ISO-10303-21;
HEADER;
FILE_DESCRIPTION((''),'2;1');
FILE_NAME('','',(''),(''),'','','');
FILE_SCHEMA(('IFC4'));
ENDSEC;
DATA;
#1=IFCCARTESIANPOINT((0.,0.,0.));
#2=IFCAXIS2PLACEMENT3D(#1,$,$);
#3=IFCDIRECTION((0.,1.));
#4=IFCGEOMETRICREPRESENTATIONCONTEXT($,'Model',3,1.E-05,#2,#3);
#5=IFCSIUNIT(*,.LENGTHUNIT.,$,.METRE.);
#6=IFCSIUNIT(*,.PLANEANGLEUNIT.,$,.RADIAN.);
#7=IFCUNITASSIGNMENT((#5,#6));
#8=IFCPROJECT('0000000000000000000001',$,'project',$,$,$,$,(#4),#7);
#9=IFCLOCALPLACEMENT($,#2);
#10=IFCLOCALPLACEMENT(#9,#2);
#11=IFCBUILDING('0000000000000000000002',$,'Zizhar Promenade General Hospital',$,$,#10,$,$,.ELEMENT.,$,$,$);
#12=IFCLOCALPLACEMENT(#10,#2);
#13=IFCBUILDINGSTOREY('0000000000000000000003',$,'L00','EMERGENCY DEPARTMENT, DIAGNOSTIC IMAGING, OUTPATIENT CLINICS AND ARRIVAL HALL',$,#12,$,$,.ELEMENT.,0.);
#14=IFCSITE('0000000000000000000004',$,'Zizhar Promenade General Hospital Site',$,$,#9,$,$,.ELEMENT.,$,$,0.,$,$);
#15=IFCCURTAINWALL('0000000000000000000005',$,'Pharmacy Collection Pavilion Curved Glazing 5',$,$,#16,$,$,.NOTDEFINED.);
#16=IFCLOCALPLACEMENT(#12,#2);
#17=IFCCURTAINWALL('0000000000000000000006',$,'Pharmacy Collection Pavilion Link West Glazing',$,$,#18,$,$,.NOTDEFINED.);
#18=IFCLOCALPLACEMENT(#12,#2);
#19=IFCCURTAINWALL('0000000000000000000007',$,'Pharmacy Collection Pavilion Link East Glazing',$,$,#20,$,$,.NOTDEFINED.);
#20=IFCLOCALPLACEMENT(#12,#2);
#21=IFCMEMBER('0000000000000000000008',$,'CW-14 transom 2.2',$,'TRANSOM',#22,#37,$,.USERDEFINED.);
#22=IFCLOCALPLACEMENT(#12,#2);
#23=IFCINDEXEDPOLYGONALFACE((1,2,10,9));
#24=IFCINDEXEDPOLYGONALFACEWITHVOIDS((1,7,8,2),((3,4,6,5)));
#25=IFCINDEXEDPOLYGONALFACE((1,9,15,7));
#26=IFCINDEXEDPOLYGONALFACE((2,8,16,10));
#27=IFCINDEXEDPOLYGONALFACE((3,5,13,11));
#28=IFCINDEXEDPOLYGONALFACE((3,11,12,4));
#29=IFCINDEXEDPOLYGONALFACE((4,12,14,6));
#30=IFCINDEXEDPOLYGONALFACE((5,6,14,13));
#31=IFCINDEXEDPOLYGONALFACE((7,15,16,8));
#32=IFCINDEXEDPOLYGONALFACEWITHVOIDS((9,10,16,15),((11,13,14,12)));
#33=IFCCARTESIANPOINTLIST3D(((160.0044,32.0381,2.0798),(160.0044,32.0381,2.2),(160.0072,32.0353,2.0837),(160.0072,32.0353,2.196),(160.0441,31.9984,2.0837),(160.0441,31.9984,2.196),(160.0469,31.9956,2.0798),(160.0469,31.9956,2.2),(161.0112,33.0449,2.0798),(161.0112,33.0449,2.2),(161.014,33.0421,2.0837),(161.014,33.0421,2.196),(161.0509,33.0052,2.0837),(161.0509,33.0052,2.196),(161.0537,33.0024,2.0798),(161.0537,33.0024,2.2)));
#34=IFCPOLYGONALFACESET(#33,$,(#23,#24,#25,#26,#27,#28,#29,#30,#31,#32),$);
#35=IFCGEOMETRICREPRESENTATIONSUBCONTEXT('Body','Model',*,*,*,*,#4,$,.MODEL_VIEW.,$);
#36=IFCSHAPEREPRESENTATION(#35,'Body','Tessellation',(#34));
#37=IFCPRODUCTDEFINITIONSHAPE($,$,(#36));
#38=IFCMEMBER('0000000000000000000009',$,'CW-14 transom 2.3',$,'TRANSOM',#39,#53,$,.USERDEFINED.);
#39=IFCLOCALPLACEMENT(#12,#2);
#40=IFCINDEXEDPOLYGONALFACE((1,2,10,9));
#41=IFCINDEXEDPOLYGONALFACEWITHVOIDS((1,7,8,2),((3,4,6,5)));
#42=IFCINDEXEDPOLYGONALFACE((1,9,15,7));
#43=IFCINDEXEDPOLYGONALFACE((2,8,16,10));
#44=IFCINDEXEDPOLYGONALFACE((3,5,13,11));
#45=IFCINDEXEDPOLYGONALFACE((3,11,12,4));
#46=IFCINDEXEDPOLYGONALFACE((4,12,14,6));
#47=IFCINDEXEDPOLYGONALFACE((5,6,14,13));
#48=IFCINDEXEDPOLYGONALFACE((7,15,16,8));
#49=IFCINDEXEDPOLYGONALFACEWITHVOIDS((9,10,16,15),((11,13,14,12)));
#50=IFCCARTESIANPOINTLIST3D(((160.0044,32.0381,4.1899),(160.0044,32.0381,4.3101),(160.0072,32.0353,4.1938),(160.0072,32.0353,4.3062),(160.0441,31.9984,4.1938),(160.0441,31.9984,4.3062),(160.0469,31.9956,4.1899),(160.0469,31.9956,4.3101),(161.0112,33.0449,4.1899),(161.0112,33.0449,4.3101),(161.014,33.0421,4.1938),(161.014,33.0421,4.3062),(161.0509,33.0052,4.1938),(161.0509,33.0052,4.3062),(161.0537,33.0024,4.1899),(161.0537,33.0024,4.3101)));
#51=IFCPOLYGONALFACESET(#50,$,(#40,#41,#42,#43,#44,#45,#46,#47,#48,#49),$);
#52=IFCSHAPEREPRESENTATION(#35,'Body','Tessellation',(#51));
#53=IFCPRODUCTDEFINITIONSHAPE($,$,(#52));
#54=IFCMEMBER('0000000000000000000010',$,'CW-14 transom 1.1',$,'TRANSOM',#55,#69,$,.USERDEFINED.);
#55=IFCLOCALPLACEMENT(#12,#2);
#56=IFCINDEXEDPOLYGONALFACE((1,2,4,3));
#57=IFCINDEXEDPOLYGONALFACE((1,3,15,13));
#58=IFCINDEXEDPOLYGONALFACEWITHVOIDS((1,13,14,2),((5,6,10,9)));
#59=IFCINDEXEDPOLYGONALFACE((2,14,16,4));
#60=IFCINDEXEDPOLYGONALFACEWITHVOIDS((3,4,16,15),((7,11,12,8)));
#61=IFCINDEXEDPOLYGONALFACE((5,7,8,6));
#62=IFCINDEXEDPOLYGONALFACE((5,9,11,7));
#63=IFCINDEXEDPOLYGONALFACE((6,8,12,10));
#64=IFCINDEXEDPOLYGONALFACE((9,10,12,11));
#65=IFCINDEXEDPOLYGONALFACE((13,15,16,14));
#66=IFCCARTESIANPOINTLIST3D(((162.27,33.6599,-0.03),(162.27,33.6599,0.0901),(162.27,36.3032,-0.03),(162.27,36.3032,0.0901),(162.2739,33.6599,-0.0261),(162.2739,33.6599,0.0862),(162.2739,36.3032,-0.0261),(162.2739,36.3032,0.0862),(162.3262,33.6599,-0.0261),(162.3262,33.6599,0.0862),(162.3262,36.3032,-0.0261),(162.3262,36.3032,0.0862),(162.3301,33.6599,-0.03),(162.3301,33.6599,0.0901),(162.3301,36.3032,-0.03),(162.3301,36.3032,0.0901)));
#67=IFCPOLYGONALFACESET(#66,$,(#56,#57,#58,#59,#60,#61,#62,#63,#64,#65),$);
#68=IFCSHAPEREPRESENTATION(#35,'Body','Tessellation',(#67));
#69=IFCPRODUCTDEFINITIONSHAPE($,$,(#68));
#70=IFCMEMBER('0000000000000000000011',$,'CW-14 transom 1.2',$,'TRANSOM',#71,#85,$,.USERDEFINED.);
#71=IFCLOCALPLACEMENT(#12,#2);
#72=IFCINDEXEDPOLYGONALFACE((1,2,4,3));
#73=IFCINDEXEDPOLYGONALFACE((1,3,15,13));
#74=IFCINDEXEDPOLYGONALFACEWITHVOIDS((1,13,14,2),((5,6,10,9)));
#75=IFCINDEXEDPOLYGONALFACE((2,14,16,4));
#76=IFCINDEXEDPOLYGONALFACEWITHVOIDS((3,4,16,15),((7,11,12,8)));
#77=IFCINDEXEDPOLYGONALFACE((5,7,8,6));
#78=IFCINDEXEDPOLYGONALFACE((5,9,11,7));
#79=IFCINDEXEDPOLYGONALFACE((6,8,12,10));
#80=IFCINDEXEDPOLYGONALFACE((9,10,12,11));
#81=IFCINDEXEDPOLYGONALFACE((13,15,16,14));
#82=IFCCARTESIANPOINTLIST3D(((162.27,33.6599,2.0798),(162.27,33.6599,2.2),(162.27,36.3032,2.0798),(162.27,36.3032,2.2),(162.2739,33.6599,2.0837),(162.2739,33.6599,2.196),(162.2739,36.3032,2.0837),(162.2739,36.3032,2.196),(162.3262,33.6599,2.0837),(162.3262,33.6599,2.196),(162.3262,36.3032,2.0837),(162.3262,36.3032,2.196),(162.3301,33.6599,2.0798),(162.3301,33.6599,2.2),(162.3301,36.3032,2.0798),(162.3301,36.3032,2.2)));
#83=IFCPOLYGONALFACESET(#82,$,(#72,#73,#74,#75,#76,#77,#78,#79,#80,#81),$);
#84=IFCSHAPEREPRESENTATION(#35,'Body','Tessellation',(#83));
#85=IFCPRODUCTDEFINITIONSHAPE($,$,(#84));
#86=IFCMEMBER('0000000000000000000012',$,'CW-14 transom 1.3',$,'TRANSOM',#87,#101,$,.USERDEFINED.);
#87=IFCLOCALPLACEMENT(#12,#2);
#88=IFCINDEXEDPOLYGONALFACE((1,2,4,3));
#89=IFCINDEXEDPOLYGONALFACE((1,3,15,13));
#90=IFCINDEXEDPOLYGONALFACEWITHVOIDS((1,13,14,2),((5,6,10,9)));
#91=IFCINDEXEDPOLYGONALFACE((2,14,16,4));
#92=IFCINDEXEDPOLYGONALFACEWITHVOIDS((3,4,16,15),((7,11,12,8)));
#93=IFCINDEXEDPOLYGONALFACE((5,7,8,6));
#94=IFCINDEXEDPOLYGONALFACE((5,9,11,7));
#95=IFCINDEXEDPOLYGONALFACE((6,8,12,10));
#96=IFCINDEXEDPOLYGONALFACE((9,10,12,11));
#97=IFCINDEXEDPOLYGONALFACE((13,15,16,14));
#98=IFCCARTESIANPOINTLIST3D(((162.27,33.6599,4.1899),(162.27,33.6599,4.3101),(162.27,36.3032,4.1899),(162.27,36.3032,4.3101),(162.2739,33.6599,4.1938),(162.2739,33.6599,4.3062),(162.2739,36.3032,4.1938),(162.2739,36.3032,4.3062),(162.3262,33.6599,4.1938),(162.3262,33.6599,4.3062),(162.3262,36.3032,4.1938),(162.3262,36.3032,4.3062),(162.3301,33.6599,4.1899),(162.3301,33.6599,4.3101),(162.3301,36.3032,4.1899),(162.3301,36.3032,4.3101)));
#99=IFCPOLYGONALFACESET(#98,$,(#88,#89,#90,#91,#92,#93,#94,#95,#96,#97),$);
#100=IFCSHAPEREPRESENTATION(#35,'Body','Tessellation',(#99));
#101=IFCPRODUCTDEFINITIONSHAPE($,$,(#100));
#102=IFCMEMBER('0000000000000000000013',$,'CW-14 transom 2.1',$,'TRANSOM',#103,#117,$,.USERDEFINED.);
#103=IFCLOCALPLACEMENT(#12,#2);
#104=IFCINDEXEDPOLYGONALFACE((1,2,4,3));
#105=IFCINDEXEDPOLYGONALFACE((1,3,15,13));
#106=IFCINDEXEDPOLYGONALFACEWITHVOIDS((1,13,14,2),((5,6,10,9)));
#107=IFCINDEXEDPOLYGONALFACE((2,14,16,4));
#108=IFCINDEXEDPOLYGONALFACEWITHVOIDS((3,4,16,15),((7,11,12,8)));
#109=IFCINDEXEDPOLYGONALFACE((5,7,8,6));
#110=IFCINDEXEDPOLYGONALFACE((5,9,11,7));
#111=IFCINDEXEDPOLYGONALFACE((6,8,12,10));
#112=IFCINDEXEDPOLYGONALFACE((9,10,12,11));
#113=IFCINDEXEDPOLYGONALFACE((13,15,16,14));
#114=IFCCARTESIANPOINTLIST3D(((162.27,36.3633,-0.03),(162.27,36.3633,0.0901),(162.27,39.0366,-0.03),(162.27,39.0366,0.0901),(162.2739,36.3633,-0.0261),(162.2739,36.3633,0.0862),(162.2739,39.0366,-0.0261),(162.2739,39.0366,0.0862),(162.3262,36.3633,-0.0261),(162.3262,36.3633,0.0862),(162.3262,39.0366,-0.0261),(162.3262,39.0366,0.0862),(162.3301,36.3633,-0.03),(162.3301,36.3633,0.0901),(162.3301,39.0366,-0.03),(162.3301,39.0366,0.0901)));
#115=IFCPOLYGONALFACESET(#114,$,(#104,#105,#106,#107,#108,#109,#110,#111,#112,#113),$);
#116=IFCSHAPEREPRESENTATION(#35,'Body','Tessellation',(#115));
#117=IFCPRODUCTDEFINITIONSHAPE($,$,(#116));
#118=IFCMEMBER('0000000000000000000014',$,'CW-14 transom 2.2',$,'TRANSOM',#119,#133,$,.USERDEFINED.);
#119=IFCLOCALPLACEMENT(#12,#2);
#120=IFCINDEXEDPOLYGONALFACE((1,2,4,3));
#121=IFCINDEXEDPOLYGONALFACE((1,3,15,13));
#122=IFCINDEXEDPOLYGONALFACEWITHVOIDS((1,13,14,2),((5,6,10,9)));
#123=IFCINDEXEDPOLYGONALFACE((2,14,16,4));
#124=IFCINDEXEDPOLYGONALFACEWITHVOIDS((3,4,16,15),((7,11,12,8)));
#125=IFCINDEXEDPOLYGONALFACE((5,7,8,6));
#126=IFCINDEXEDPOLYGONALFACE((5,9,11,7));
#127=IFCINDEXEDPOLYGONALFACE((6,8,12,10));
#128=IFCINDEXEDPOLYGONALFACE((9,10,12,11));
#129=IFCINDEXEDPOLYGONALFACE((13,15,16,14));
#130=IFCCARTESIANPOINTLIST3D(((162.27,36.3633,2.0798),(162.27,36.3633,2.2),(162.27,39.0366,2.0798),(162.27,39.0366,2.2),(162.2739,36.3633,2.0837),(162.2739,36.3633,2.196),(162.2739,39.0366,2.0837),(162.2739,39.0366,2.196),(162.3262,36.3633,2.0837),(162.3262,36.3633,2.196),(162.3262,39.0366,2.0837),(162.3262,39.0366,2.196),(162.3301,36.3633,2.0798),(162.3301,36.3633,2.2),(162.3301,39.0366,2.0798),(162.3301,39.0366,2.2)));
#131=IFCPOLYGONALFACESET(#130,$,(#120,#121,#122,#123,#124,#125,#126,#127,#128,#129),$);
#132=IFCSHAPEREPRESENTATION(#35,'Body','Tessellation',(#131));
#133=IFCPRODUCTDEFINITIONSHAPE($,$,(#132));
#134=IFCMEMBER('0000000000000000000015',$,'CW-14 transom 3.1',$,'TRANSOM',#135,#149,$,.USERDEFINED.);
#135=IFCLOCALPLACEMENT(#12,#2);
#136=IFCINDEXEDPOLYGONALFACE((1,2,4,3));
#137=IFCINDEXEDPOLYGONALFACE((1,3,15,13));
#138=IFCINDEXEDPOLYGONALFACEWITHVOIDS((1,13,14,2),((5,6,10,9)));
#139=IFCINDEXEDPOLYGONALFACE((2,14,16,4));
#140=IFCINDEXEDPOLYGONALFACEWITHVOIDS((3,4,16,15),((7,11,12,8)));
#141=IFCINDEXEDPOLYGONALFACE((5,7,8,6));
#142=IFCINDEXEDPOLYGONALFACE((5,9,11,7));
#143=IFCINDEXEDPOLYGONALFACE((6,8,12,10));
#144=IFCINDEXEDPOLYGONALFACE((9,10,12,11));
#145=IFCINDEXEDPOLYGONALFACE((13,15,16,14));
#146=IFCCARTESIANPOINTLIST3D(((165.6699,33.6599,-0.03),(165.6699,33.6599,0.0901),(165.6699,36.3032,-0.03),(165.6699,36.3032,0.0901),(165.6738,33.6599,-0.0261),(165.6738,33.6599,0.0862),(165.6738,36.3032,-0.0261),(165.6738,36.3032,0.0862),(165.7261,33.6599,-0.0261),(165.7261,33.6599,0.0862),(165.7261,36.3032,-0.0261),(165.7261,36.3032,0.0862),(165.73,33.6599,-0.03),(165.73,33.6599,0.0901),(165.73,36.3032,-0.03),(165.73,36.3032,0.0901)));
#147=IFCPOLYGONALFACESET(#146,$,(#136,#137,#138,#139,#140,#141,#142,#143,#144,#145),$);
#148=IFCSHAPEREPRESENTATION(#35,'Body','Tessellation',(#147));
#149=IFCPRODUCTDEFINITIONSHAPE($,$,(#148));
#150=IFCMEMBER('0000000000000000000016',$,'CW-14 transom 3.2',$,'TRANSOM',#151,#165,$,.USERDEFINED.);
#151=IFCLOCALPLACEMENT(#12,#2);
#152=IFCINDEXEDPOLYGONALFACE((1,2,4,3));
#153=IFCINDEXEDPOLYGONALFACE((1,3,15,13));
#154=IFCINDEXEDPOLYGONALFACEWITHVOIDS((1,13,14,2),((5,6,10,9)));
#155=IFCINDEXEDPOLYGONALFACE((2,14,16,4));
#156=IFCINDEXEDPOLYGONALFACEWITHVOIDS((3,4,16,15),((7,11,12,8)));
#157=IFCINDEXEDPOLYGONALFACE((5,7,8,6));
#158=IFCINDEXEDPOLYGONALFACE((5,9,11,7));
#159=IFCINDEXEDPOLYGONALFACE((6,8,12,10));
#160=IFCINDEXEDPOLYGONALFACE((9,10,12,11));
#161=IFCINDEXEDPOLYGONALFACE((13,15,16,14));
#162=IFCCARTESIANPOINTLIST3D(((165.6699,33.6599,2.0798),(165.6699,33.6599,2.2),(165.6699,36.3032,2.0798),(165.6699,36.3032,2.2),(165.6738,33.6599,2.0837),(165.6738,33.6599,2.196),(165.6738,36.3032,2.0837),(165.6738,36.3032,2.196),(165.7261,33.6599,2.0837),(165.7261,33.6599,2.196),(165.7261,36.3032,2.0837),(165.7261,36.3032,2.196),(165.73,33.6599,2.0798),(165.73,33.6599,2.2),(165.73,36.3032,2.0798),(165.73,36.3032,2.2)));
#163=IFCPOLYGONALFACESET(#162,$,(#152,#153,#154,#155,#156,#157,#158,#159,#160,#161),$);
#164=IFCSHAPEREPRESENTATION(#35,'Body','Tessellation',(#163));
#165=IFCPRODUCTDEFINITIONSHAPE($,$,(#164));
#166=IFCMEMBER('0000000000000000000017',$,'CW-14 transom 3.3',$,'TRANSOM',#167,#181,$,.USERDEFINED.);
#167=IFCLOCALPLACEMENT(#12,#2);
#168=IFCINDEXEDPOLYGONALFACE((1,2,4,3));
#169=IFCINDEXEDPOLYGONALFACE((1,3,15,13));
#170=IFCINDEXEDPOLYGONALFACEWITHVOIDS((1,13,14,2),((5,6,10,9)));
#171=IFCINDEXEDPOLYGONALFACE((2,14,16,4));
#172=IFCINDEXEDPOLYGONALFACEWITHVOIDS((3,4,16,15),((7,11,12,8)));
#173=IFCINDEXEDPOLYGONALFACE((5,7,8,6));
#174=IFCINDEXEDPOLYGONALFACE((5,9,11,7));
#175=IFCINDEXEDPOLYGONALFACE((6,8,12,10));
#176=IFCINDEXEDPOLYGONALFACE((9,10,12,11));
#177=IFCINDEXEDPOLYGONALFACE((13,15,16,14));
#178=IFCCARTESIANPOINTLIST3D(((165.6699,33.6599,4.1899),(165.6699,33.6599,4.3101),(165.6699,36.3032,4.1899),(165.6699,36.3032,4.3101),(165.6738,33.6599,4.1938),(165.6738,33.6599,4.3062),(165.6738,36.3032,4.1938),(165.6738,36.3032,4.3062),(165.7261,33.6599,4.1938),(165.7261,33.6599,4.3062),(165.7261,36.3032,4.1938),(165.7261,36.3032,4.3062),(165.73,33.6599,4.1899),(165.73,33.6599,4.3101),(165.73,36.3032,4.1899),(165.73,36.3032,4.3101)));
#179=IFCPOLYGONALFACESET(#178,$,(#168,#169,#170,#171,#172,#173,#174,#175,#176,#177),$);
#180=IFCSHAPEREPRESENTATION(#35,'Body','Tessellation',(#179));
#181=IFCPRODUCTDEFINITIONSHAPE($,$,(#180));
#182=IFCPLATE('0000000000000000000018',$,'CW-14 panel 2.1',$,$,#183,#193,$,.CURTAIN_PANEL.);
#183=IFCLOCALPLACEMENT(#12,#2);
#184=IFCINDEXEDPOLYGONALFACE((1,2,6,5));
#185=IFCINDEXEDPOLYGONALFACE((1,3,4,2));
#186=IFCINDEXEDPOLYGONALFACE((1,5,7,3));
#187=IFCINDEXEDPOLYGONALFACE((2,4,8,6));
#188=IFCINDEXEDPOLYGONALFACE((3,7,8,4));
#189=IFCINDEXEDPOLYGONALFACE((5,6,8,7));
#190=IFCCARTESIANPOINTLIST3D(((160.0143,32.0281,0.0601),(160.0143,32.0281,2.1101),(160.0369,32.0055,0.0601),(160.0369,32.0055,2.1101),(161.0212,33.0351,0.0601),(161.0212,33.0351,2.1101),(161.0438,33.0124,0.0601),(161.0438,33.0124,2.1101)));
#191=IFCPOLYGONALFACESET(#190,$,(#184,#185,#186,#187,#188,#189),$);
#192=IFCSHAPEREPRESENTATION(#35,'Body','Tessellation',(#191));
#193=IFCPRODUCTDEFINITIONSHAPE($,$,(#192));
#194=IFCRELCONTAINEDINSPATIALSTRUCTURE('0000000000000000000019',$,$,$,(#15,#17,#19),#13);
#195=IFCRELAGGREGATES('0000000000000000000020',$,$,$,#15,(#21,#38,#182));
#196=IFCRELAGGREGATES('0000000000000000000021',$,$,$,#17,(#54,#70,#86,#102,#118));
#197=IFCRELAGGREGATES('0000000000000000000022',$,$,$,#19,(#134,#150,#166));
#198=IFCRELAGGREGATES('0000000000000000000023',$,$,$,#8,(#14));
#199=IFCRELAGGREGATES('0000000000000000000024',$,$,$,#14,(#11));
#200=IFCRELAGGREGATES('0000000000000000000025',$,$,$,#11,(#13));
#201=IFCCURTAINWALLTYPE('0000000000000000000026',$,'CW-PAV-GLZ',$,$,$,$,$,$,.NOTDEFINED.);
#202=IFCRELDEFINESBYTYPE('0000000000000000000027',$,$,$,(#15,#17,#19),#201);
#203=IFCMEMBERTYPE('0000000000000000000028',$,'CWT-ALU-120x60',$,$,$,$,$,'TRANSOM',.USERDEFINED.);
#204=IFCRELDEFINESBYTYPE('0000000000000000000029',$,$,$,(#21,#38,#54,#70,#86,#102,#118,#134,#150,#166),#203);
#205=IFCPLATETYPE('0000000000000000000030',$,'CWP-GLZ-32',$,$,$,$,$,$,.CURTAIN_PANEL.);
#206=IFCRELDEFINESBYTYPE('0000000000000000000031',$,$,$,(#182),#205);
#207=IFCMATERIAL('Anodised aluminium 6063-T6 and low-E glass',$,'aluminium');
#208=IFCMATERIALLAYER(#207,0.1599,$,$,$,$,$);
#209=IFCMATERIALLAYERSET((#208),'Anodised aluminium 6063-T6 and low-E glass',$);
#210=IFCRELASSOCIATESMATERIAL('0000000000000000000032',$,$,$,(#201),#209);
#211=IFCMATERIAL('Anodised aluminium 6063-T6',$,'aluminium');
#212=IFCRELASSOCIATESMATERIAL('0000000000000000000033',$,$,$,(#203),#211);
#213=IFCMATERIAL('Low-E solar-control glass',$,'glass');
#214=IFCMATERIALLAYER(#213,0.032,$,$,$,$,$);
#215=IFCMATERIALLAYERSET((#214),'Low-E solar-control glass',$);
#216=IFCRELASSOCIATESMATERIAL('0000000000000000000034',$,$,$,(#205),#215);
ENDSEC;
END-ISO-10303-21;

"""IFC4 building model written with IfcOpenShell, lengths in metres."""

from ifc_helpers import new_model, si_unit, direction, frame, origin, origin_2d, place, context, subcontext, project, spatial, rectangle, hollow_rectangle, extrude, material, layer, layer_set, material_profile, profile_set, type_object, element, aggregate, save


model = new_model("IFC4")

# Units and contexts
model_context = context("Model", 3, precision=1e-05, world=origin(), true_north=direction((0.0, 1.0)))
body_context = subcontext(model_context, "Body", "Model", "MODEL_VIEW")
ifc_project = project(units=[si_unit("LENGTHUNIT", "METRE"), si_unit("PLANEANGLEUNIT", "RADIAN")], contexts=[model_context])

# Site, building, storey
site_placement = place(None, origin())
site = spatial("IfcSite", under=ifc_project, at=site_placement, Name="Zizhar Promenade General Hospital Site", CompositionType="ELEMENT", RefElevation=0.0)
building_placement = place(site_placement, origin())
building = spatial("IfcBuilding", under=site, at=building_placement, Name="Zizhar Promenade General Hospital", CompositionType="ELEMENT")
storey_placement = place(building_placement, origin())
storey = spatial("IfcBuildingStorey", under=building, at=storey_placement, Name="L00", Description="EMERGENCY DEPARTMENT, DIAGNOSTIC IMAGING, OUTPATIENT CLINICS AND ARRIVAL HALL", CompositionType="ELEMENT", Elevation=0.0)

# Curtain wall
ifc_material_1 = material(Name="Anodised aluminium 6063-T6 and low-E glass", Category="aluminium")
ifc_layer_1 = layer(ifc_material_1, 0.1599)
ifc_layer_set_1 = layer_set([ifc_layer_1], Name="Anodised aluminium 6063-T6 and low-E glass")
curtain_wall_type = type_object("IfcCurtainWallType", Name="CW-PAV-GLZ", PredefinedType="NOTDEFINED", material=ifc_layer_set_1)
curtain_wall_1_placement = place(storey_placement, origin())
curtain_wall_1 = element("IfcCurtainWall", 1, at=curtain_wall_1_placement, inside=storey, type_object=curtain_wall_type, Name="Pharmacy Collection Pavilion Curved Glazing 5", PredefinedType="NOTDEFINED")

# Curtain walls
curtain_wall_2_placement = place(storey_placement, origin())
curtain_wall_2 = element("IfcCurtainWall", 2, at=curtain_wall_2_placement, inside=storey, type_object=curtain_wall_type, Name="Pharmacy Collection Pavilion Link West Glazing", PredefinedType="NOTDEFINED")
curtain_wall_3_placement = place(storey_placement, origin())
curtain_wall_3 = element("IfcCurtainWall", 3, at=curtain_wall_3_placement, inside=storey, type_object=curtain_wall_type, Name="Pharmacy Collection Pavilion Link East Glazing", PredefinedType="NOTDEFINED")

# Members
ifc_material_2 = material(Name="Anodised aluminium 6063-T6", Category="aluminium")
ifc_material_profile_1 = material_profile(ifc_material_2, hollow_rectangle(XDim=0.0601, YDim=0.1201, WallThickness=0.0039, at=origin_2d()))
ifc_profile_set_1 = profile_set([ifc_material_profile_1], Name="Anodised aluminium 6063-T6")
member_type_1 = type_object("IfcMemberType", Name="CWT-ALU-120x60", ElementType="TRANSOM", PredefinedType="USERDEFINED", material=ifc_profile_set_1)
member_1_placement = place(storey_placement, frame((160.0256, 32.0168, 2.1399), z_axis=(0.707107, 0.707107, 0.0), x_axis=(-0.707107, 0.707107, 0.0)))
member_1 = element("IfcMember", 4, at=member_1_placement, type_object=member_type_1, Name="CW-14 transom 2.2", ObjectType="TRANSOM", PredefinedType="USERDEFINED", context=body_context, shape_type="SweptSolid", body=[
    extrude(hollow_rectangle(XDim=0.0601, YDim=0.1201, WallThickness=0.0039, at=origin_2d()), origin(), (0.0, 0.0, 1.0), 1.4238),
])
member_2_placement = place(storey_placement, frame((160.0256, 32.0168, 4.25), z_axis=(0.707107, 0.707107, 0.0), x_axis=(-0.707107, 0.707107, 0.0)))
member_2 = element("IfcMember", 5, at=member_2_placement, type_object=member_type_1, Name="CW-14 transom 2.3", ObjectType="TRANSOM", PredefinedType="USERDEFINED", context=body_context, shape_type="SweptSolid", body=[
    extrude(hollow_rectangle(XDim=0.0601, YDim=0.1201, WallThickness=0.0039, at=origin_2d()), origin(), (0.0, 0.0, 1.0), 1.4238),
])
member_3_placement = place(storey_placement, frame((162.3, 33.6599, 0.03), z_axis=(0.0, 1.0, 0.0), x_axis=(-1.0, 0.0, 0.0)))
member_3 = element("IfcMember", 6, at=member_3_placement, type_object=member_type_1, Name="CW-14 transom 1.1", ObjectType="TRANSOM", PredefinedType="USERDEFINED", context=body_context, shape_type="SweptSolid", body=[
    extrude(hollow_rectangle(XDim=0.0601, YDim=0.1201, WallThickness=0.0039, at=origin_2d()), origin(), (0.0, 0.0, 1.0), 2.6433),
])
member_4_placement = place(storey_placement, frame((162.3, 33.6599, 2.1399), z_axis=(0.0, 1.0, 0.0), x_axis=(-1.0, 0.0, 0.0)))
member_4 = element("IfcMember", 7, at=member_4_placement, type_object=member_type_1, Name="CW-14 transom 1.2", ObjectType="TRANSOM", PredefinedType="USERDEFINED", context=body_context, shape_type="SweptSolid", body=[
    extrude(hollow_rectangle(XDim=0.0601, YDim=0.1201, WallThickness=0.0039, at=origin_2d()), origin(), (0.0, 0.0, 1.0), 2.6433),
])
member_5_placement = place(storey_placement, frame((162.3, 33.6599, 4.25), z_axis=(0.0, 1.0, 0.0), x_axis=(-1.0, 0.0, 0.0)))
member_5 = element("IfcMember", 8, at=member_5_placement, type_object=member_type_1, Name="CW-14 transom 1.3", ObjectType="TRANSOM", PredefinedType="USERDEFINED", context=body_context, shape_type="SweptSolid", body=[
    extrude(hollow_rectangle(XDim=0.0601, YDim=0.1201, WallThickness=0.0039, at=origin_2d()), origin(), (0.0, 0.0, 1.0), 2.6433),
])
member_6_placement = place(storey_placement, frame((162.3, 36.3633, 0.03), z_axis=(0.0, 1.0, 0.0), x_axis=(-1.0, 0.0, 0.0)))
member_6 = element("IfcMember", 9, at=member_6_placement, type_object=member_type_1, Name="CW-14 transom 2.1", ObjectType="TRANSOM", PredefinedType="USERDEFINED", context=body_context, shape_type="SweptSolid", body=[
    extrude(hollow_rectangle(XDim=0.0601, YDim=0.1201, WallThickness=0.0039, at=origin_2d()), origin(), (0.0, 0.0, 1.0), 2.6733),
])
member_7_placement = place(storey_placement, frame((162.3, 36.3633, 2.1399), z_axis=(0.0, 1.0, 0.0), x_axis=(-1.0, 0.0, 0.0)))
member_7 = element("IfcMember", 10, at=member_7_placement, type_object=member_type_1, Name="CW-14 transom 2.2", ObjectType="TRANSOM", PredefinedType="USERDEFINED", context=body_context, shape_type="SweptSolid", body=[
    extrude(hollow_rectangle(XDim=0.0601, YDim=0.1201, WallThickness=0.0039, at=origin_2d()), origin(), (0.0, 0.0, 1.0), 2.6733),
])
member_8_placement = place(storey_placement, frame((165.7, 36.3032, 0.03), z_axis=(0.0, -1.0, 0.0), x_axis=(1.0, 0.0, 0.0)))
member_8 = element("IfcMember", 11, at=member_8_placement, type_object=member_type_1, Name="CW-14 transom 3.1", ObjectType="TRANSOM", PredefinedType="USERDEFINED", context=body_context, shape_type="SweptSolid", body=[
    extrude(hollow_rectangle(XDim=0.0601, YDim=0.1201, WallThickness=0.0039, at=origin_2d()), origin(), (0.0, 0.0, 1.0), 2.6433),
])
member_9_placement = place(storey_placement, frame((165.7, 36.3032, 2.1399), z_axis=(0.0, -1.0, 0.0), x_axis=(1.0, 0.0, 0.0)))
member_9 = element("IfcMember", 12, at=member_9_placement, type_object=member_type_1, Name="CW-14 transom 3.2", ObjectType="TRANSOM", PredefinedType="USERDEFINED", context=body_context, shape_type="SweptSolid", body=[
    extrude(hollow_rectangle(XDim=0.0601, YDim=0.1201, WallThickness=0.0039, at=origin_2d()), origin(), (0.0, 0.0, 1.0), 2.6433),
])
member_10_placement = place(storey_placement, frame((165.7, 36.3032, 4.25), z_axis=(0.0, -1.0, 0.0), x_axis=(1.0, 0.0, 0.0)))
member_10 = element("IfcMember", 13, at=member_10_placement, type_object=member_type_1, Name="CW-14 transom 3.3", ObjectType="TRANSOM", PredefinedType="USERDEFINED", context=body_context, shape_type="SweptSolid", body=[
    extrude(hollow_rectangle(XDim=0.0601, YDim=0.1201, WallThickness=0.0039, at=origin_2d()), origin(), (0.0, 0.0, 1.0), 2.6433),
])

# Plate
ifc_material_3 = material(Name="Low-E solar-control glass", Category="glass")
ifc_layer_2 = layer(ifc_material_3, 0.032)
ifc_layer_set_2 = layer_set([ifc_layer_2], Name="Low-E solar-control glass")
plate_type = type_object("IfcPlateType", Name="CWP-GLZ-32", PredefinedType="CURTAIN_PANEL", material=ifc_layer_set_2)
plate_1_placement = place(storey_placement, frame((160.5291, 32.5203, 0.0601), z_axis=(0.0, 0.0, 1.0), x_axis=(0.707107, 0.707107, 0.0)))
plate_1 = element("IfcPlate", 14, at=plate_1_placement, type_object=plate_type, Name="CW-14 panel 2.1", PredefinedType="CURTAIN_PANEL", context=body_context, shape_type="SweptSolid", body=[
    extrude(rectangle(XDim=1.4241, YDim=0.032, at=origin_2d()), origin(), (0.0, 0.0, 1.0), 2.05),
])
aggregate(curtain_wall_1, [member_1, member_2, plate_1])
aggregate(curtain_wall_2, [member_3, member_4, member_5, member_6, member_7])
aggregate(curtain_wall_3, [member_8, member_9, member_10])

save(model, "model.ifc")
